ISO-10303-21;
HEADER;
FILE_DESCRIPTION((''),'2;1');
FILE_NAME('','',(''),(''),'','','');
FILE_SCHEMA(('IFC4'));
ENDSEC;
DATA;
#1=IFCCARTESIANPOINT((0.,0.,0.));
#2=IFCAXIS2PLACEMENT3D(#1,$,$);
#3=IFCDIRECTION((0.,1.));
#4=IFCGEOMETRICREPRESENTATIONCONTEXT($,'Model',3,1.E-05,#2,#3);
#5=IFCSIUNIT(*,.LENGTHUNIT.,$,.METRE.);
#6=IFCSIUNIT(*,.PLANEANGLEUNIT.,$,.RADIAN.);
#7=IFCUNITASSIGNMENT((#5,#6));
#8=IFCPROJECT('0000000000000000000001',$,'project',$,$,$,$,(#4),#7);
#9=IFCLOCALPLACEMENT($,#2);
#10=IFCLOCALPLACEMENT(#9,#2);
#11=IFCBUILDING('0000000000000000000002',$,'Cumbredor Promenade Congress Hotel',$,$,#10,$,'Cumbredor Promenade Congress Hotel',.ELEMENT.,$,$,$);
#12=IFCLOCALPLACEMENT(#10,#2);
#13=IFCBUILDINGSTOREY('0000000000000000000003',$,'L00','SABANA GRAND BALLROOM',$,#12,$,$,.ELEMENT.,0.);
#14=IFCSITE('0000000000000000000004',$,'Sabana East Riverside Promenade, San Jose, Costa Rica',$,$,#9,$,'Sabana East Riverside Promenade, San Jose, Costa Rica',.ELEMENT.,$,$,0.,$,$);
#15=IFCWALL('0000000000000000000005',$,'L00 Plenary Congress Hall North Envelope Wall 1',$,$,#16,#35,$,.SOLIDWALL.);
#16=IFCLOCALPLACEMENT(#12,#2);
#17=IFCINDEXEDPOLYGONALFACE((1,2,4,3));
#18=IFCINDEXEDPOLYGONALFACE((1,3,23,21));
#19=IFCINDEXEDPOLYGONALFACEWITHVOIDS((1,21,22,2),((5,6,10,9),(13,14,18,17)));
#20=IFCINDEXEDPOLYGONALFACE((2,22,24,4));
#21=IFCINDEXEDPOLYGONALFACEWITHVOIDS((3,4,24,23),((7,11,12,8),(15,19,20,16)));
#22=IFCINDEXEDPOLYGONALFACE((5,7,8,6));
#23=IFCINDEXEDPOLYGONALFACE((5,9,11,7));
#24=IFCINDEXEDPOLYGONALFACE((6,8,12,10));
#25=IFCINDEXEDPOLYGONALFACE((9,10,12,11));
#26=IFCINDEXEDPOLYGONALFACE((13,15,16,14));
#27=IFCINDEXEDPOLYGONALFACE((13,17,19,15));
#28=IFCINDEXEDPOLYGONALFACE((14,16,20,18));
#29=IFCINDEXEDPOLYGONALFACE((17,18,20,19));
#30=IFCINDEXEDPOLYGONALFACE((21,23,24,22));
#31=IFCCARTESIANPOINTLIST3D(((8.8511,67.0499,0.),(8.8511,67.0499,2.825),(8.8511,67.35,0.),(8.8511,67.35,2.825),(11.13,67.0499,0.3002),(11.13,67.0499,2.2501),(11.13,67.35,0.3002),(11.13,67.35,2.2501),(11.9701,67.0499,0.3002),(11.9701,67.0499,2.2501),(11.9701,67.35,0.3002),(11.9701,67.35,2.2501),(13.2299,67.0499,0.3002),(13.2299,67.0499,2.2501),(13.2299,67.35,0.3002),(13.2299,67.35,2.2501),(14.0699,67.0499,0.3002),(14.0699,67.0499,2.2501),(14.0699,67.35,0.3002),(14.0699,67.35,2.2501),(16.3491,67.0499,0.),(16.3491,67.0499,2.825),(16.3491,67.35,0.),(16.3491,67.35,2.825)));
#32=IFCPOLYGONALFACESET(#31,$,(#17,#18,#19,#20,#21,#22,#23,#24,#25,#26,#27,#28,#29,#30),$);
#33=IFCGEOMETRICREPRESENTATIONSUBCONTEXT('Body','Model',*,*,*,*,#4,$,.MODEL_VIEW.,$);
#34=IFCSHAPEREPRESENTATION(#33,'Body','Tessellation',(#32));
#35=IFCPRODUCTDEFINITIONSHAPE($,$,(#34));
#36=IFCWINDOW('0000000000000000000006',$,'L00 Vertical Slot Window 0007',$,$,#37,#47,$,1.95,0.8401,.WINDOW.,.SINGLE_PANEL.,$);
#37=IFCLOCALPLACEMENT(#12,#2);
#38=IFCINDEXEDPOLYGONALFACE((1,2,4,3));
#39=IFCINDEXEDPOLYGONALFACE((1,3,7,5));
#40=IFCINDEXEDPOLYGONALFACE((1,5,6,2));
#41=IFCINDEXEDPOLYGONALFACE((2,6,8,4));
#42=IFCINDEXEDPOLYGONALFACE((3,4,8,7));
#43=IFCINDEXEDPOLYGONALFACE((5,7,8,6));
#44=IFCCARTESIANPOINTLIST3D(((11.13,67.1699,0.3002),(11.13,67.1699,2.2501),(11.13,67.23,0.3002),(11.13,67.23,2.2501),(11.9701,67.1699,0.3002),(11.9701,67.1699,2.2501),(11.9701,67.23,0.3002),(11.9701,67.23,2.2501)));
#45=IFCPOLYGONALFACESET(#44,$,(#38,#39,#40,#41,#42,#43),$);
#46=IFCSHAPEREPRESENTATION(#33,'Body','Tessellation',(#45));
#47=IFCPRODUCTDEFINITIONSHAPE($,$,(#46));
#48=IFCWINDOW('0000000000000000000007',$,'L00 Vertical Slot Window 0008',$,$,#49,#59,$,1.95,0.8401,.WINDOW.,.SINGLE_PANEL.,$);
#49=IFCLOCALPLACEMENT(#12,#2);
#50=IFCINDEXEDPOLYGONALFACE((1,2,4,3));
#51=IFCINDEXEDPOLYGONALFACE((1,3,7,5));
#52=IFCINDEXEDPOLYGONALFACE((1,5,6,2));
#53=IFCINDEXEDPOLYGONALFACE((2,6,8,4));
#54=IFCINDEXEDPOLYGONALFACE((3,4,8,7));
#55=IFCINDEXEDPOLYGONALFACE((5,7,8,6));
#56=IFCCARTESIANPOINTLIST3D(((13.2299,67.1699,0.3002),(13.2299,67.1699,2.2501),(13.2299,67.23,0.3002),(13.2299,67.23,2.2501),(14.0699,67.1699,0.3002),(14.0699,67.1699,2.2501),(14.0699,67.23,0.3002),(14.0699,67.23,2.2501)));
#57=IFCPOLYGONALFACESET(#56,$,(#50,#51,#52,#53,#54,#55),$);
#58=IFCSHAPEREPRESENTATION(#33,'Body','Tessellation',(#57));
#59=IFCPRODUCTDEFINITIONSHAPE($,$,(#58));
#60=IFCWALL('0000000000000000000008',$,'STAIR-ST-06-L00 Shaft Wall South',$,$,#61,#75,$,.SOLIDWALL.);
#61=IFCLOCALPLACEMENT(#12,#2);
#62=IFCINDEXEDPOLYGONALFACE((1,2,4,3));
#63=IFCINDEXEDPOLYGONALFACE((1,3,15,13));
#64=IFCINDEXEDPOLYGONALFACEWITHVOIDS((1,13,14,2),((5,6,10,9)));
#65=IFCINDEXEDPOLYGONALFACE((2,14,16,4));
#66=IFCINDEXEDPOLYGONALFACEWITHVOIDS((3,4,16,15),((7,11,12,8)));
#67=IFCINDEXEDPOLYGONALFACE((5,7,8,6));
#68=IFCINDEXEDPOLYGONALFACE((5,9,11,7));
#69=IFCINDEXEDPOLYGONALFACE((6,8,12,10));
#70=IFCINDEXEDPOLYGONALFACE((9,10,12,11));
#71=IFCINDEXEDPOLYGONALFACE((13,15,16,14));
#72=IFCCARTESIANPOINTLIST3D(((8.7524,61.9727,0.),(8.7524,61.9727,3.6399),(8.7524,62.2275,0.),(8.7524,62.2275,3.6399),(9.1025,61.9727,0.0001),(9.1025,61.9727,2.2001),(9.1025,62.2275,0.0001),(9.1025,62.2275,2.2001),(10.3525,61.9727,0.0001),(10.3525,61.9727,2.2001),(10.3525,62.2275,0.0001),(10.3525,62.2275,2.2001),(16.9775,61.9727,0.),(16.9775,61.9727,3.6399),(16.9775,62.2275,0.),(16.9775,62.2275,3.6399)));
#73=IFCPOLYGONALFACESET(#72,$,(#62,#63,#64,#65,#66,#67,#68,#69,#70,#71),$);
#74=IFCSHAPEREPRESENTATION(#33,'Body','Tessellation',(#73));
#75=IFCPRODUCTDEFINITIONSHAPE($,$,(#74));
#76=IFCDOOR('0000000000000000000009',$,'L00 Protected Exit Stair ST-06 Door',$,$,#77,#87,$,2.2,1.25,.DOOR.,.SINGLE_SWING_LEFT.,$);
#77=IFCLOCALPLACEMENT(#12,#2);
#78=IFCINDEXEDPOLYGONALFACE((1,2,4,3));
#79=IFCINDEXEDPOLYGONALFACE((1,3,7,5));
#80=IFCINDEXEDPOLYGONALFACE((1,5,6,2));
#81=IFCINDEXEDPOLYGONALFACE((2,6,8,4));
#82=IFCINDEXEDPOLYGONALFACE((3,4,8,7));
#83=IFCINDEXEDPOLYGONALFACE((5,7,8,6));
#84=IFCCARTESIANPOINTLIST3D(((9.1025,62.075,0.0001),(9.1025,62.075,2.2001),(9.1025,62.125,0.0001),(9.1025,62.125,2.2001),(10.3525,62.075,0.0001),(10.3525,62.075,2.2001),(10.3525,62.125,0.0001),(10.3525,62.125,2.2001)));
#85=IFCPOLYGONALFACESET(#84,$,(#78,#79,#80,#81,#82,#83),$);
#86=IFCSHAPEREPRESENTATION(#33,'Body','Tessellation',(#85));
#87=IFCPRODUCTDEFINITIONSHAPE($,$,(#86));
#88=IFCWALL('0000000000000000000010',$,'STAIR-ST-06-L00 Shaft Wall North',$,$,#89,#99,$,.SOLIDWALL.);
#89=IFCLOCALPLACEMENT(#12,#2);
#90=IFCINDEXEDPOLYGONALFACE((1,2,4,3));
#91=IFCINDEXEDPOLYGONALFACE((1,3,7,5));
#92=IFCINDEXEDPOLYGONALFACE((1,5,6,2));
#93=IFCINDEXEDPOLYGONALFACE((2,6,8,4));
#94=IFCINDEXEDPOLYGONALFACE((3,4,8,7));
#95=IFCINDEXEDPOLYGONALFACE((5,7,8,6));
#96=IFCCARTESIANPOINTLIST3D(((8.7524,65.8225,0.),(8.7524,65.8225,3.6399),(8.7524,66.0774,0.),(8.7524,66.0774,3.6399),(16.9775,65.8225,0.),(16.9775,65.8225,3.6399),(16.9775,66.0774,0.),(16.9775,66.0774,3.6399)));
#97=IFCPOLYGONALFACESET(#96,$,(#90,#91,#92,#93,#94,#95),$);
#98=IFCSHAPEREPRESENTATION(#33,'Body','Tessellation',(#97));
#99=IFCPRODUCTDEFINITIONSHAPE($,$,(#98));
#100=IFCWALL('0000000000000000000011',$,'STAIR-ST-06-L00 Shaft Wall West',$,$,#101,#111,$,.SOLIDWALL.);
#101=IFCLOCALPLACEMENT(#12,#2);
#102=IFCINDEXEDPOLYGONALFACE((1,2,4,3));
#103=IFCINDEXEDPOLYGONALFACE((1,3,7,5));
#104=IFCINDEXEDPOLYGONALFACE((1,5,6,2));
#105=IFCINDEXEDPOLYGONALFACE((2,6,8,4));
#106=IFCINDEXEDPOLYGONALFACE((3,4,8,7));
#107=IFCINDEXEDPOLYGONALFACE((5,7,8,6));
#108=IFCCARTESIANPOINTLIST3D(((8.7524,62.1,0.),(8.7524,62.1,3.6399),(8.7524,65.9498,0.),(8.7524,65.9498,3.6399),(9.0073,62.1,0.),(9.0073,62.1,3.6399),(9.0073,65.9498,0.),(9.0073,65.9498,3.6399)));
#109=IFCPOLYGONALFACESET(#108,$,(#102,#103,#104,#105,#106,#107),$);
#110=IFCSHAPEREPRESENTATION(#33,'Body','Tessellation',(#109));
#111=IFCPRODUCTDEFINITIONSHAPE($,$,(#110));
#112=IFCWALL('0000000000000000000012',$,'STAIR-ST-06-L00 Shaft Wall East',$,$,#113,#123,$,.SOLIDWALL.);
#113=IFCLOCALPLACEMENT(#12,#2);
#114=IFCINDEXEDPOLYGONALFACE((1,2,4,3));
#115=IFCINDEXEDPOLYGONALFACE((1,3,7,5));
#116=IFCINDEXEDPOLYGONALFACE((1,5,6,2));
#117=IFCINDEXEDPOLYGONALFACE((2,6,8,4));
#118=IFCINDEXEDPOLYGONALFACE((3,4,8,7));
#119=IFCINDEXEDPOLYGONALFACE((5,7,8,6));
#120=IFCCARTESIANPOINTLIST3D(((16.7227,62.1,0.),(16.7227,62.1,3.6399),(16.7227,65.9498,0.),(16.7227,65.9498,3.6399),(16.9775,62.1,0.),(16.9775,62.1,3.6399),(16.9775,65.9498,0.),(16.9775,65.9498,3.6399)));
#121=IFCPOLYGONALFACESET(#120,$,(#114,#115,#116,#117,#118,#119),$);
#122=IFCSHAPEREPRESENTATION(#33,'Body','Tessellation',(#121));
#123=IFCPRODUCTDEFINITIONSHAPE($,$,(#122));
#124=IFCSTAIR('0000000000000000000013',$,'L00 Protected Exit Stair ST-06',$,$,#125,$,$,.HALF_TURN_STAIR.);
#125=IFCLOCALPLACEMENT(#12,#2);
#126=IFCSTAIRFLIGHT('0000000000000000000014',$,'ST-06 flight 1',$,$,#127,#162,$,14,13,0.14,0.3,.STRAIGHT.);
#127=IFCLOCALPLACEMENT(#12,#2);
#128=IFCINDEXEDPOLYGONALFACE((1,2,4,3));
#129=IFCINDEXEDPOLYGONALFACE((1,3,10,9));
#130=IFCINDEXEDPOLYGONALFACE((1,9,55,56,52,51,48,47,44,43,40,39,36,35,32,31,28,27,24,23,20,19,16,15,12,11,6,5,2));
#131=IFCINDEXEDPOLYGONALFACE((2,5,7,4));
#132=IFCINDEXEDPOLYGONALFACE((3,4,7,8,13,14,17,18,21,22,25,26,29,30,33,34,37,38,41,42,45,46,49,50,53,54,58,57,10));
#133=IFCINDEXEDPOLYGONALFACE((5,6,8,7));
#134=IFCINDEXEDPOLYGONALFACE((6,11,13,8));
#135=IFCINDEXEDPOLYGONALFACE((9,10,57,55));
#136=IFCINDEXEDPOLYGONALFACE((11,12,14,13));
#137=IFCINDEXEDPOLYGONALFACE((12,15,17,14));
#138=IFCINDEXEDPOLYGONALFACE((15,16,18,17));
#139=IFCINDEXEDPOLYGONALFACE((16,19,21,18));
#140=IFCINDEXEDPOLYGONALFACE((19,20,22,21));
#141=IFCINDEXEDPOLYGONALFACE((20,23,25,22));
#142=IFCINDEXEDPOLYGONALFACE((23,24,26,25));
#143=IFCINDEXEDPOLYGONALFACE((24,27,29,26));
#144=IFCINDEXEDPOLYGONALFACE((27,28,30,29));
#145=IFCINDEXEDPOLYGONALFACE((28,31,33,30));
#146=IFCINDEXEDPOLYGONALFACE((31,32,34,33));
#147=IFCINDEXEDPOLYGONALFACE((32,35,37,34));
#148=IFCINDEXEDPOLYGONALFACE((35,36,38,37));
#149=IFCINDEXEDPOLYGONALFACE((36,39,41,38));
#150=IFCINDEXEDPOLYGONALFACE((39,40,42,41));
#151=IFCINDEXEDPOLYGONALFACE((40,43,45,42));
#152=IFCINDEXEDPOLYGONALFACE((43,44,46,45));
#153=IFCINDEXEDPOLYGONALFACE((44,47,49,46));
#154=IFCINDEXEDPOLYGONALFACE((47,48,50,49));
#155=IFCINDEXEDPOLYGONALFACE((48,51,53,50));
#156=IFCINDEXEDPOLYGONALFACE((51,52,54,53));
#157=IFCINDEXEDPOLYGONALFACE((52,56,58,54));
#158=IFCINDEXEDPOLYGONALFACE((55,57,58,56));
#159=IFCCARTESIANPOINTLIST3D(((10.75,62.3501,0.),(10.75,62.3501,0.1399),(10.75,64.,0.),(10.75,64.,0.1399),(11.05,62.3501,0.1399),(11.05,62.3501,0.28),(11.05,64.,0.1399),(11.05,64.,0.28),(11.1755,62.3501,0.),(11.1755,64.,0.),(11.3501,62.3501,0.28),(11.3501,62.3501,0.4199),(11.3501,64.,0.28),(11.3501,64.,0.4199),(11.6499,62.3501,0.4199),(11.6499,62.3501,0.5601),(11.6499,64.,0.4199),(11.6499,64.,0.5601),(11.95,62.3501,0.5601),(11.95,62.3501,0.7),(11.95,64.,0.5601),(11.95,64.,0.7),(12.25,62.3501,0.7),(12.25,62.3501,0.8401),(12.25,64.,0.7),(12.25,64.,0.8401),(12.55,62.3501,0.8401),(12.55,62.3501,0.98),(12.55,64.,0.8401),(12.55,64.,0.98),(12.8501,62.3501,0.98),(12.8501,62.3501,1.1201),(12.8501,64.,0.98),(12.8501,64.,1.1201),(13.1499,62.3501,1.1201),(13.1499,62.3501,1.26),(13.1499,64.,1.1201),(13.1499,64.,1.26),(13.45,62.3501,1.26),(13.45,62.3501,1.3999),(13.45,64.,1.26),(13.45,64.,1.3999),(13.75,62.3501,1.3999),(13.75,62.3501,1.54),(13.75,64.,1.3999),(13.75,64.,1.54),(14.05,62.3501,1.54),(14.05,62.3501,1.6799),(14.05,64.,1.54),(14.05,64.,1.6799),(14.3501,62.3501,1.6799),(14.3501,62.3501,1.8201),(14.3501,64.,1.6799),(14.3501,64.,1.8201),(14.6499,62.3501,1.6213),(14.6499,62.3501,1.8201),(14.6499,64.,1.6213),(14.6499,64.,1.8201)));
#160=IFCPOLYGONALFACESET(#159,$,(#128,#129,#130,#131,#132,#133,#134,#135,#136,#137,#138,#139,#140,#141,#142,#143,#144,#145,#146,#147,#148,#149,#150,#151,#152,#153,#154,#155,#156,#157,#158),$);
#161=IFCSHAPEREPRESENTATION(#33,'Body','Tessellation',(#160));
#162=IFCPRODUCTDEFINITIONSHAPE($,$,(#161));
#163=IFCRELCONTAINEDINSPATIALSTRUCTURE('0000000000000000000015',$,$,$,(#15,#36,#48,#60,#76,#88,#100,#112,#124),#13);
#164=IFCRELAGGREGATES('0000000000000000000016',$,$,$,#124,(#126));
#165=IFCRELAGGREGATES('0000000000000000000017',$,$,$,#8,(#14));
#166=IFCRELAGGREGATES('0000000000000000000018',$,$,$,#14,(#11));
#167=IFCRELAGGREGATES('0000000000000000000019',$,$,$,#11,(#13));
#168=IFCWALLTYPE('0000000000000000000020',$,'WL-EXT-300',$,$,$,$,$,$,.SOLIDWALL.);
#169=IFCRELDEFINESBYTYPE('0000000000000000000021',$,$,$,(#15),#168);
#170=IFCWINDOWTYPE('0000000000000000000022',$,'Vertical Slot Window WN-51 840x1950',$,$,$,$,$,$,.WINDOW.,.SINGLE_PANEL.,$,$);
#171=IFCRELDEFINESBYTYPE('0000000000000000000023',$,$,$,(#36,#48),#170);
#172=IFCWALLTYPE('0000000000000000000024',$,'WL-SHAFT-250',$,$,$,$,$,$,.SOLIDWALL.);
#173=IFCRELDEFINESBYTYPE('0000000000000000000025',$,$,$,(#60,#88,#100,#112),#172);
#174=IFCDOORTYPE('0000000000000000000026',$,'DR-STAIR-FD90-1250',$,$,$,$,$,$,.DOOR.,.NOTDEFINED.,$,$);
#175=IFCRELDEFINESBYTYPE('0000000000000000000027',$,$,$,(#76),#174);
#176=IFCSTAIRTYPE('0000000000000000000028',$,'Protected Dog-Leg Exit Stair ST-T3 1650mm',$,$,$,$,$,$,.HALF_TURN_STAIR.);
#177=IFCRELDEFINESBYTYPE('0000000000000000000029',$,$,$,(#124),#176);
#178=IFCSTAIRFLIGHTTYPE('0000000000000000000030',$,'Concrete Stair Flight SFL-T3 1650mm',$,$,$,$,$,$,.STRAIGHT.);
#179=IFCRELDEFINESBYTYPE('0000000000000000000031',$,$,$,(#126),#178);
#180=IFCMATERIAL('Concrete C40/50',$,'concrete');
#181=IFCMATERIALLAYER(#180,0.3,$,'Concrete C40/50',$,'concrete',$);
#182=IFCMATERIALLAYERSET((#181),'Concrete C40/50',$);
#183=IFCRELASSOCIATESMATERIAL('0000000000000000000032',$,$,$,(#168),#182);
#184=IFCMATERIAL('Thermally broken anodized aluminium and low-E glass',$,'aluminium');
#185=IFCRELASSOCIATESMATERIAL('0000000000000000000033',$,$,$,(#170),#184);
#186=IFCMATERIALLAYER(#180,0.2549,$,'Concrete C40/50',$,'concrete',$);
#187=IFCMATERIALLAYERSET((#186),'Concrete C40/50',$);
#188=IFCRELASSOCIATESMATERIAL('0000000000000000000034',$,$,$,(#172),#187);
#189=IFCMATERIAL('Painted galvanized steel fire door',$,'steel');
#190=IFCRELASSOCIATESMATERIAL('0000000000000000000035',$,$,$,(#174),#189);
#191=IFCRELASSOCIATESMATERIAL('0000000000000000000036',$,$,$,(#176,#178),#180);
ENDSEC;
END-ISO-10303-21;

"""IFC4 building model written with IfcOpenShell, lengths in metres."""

from ifc_helpers import new_model, si_unit, direction, frame, frame_2d, origin, place, context, subcontext, project, spatial, polyline, rectangle, outline, extrude, material, layer, layer_set, type_object, element, fill, aggregate, save


model = new_model("IFC4")

# Units and contexts
model_context = context("Model", 3, precision=1e-05, world=origin(), true_north=direction((0.0, 1.0)))
body_context = subcontext(model_context, "Body", "Model", "MODEL_VIEW")
ifc_project = project(units=[si_unit("LENGTHUNIT", "METRE"), si_unit("PLANEANGLEUNIT", "RADIAN")], contexts=[model_context])

# Site, building, storey
site_placement = place(None, origin())
site = spatial("IfcSite", under=ifc_project, at=site_placement, Name="Sabana East Riverside Promenade, San Jose, Costa Rica", LongName="Sabana East Riverside Promenade, San Jose, Costa Rica", CompositionType="ELEMENT", RefElevation=0.0)
building_placement = place(site_placement, origin())
building = spatial("IfcBuilding", under=site, at=building_placement, Name="Cumbredor Promenade Congress Hotel", LongName="Cumbredor Promenade Congress Hotel", CompositionType="ELEMENT")
storey_placement = place(building_placement, origin())
storey = spatial("IfcBuildingStorey", under=building, at=storey_placement, Name="L00", Description="SABANA GRAND BALLROOM", CompositionType="ELEMENT", Elevation=0.0)

# Shared definitions
ifc_material_1 = material(Name="Concrete C40/50", Category="concrete")

# Wall, openings, windows
ifc_layer_1 = layer(ifc_material_1, 0.3, Name="Concrete C40/50", Category="concrete")
ifc_layer_set_1 = layer_set([ifc_layer_1], Name="Concrete C40/50")
wall_type_1 = type_object("IfcWallType", Name="WL-EXT-300", PredefinedType="SOLIDWALL", material=ifc_layer_set_1)
wall_1_placement = place(storey_placement, frame((8.8511, 67.2, 0.0), z_axis=(0.0, 0.0, 1.0), x_axis=(1.0, 0.0, 0.0)))
wall_1 = element("IfcWall", 1, at=wall_1_placement, inside=storey, type_object=wall_type_1, Name="L00 Plenary Congress Hall North Envelope Wall 1", PredefinedType="SOLIDWALL", context=body_context, shape_type="SweptSolid", body=[
    extrude(rectangle(XDim=7.498, YDim=0.3, at=frame_2d((3.749, 0.0))), origin(), (0.0, 0.0, 1.0), 2.825),
])
opening_1_placement = place(wall_1_placement, frame((2.2791, 0.0, 0.3)))
opening_1 = element("IfcOpeningElement", 2, at=opening_1_placement, cuts=wall_1, PredefinedType="OPENING", context=body_context, shape_type="SweptSolid", body=[
    extrude(rectangle(XDim=0.8401, YDim=1.95, at=frame_2d((0.4199, 0.9751))), frame((0.0, 0.1602, 0.0), z_axis=(0.0, -1.0, 0.0), x_axis=(1.0, 0.0, 0.0)), (0.0, 0.0, 1.0), 0.3201),
])
opening_2_placement = place(wall_1_placement, frame((4.3789, 0.0, 0.3)))
opening_2 = element("IfcOpeningElement", 3, at=opening_2_placement, cuts=wall_1, PredefinedType="OPENING", context=body_context, shape_type="SweptSolid", body=[
    extrude(rectangle(XDim=0.8401, YDim=1.95, at=frame_2d((0.4199, 0.9751))), frame((0.0, 0.1602, 0.0), z_axis=(0.0, -1.0, 0.0), x_axis=(1.0, 0.0, 0.0)), (0.0, 0.0, 1.0), 0.3201),
])
ifc_material_2 = material(Name="Thermally broken anodized aluminium and low-E glass", Category="aluminium")
window_type = type_object("IfcWindowType", Name="Vertical Slot Window WN-51 840x1950", PartitioningType="SINGLE_PANEL", PredefinedType="WINDOW", material=ifc_material_2)
window_1_placement = place(opening_1_placement, origin())
window_1 = element("IfcWindow", 4, at=window_1_placement, inside=storey, type_object=window_type, Name="L00 Vertical Slot Window 0007", OverallHeight=1.95, OverallWidth=0.8401, PartitioningType="SINGLE_PANEL", PredefinedType="WINDOW", context=body_context, shape_type="SweptSolid", body=[
    extrude(rectangle(XDim=0.8401, YDim=1.95, at=frame_2d((0.4199, 0.9751))), frame((0.0, 0.03, 0.0), z_axis=(0.0, -1.0, 0.0), x_axis=(1.0, 0.0, 0.0)), (0.0, 0.0, 1.0), 0.0601),
])
fill(opening_1, window_1)
window_2_placement = place(opening_2_placement, origin())
window_2 = element("IfcWindow", 5, at=window_2_placement, inside=storey, type_object=window_type, Name="L00 Vertical Slot Window 0008", OverallHeight=1.95, OverallWidth=0.8401, PartitioningType="SINGLE_PANEL", PredefinedType="WINDOW", context=body_context, shape_type="SweptSolid", body=[
    extrude(rectangle(XDim=0.8401, YDim=1.95, at=frame_2d((0.4199, 0.9751))), frame((0.0, 0.03, 0.0), z_axis=(0.0, -1.0, 0.0), x_axis=(1.0, 0.0, 0.0)), (0.0, 0.0, 1.0), 0.0601),
])
fill(opening_2, window_2)

# Wall, opening, door
ifc_layer_2 = layer(ifc_material_1, 0.2549, Name="Concrete C40/50", Category="concrete")
ifc_layer_set_2 = layer_set([ifc_layer_2], Name="Concrete C40/50")
wall_type_2 = type_object("IfcWallType", Name="WL-SHAFT-250", PredefinedType="SOLIDWALL", material=ifc_layer_set_2)
wall_2_placement = place(storey_placement, frame((8.7524, 62.1001, 0.0), z_axis=(0.0, 0.0, 1.0), x_axis=(1.0, 0.0, 0.0)))
wall_2 = element("IfcWall", 6, at=wall_2_placement, inside=storey, type_object=wall_type_2, Name="STAIR-ST-06-L00 Shaft Wall South", PredefinedType="SOLIDWALL", context=body_context, shape_type="SweptSolid", body=[
    extrude(rectangle(XDim=8.2251, YDim=0.2549, at=frame_2d((4.1125, 0.0))), origin(), (0.0, 0.0, 1.0), 3.6399),
])
opening_3_placement = place(wall_2_placement, frame((0.3501, 0.0, 0.0)))
opening_3 = element("IfcOpeningElement", 7, at=opening_3_placement, cuts=wall_2, PredefinedType="OPENING", context=body_context, shape_type="SweptSolid", body=[
    extrude(rectangle(XDim=1.25, YDim=2.2, at=frame_2d((0.625, 1.1001))), frame((0.0, 0.1375, 0.0), z_axis=(0.0, -1.0, 0.0), x_axis=(1.0, 0.0, 0.0)), (0.0, 0.0, 1.0), 0.2749),
])
ifc_material_3 = material(Name="Painted galvanized steel fire door", Category="steel")
door_type = type_object("IfcDoorType", Name="DR-STAIR-FD90-1250", OperationType="NOTDEFINED", PredefinedType="DOOR", material=ifc_material_3)
door_placement = place(opening_3_placement, origin())
door = element("IfcDoor", 8, at=door_placement, inside=storey, type_object=door_type, Name="L00 Protected Exit Stair ST-06 Door", OperationType="SINGLE_SWING_LEFT", OverallHeight=2.2, OverallWidth=1.25, PredefinedType="DOOR", context=body_context, shape_type="SweptSolid", body=[
    extrude(rectangle(XDim=1.25, YDim=2.2, at=frame_2d((0.625, 1.1001))), frame((0.0, 0.0249, 0.0), z_axis=(0.0, -1.0, 0.0), x_axis=(1.0, 0.0, 0.0)), (0.0, 0.0, 1.0), 0.05),
])
fill(opening_3, door)

# Walls
wall_3_placement = place(storey_placement, frame((8.7524, 65.95, 0.0), z_axis=(0.0, 0.0, 1.0), x_axis=(1.0, 0.0, 0.0)))
element("IfcWall", 9, at=wall_3_placement, inside=storey, type_object=wall_type_2, Name="STAIR-ST-06-L00 Shaft Wall North", PredefinedType="SOLIDWALL", context=body_context, shape_type="SweptSolid", body=[
    extrude(rectangle(XDim=8.2251, YDim=0.2549, at=frame_2d((4.1125, 0.0))), origin(), (0.0, 0.0, 1.0), 3.6399),
])
for number, where, z_axis, x_axis, name in (
    (10, (8.8799, 62.1001, 0.0), (0.0, 0.0, 1.0), (0.0, 1.0, 0.0), "STAIR-ST-06-L00 Shaft Wall West"),
    (11, (16.8501, 62.1001, 0.0), (0.0, 0.0, 1.0), (0.0, 1.0, 0.0), "STAIR-ST-06-L00 Shaft Wall East"),
):
    element("IfcWall", number, at=place(storey_placement, frame(where, z_axis=z_axis, x_axis=x_axis)), inside=storey, type_object=wall_type_2, Name=name, PredefinedType="SOLIDWALL", context=body_context, shape_type="SweptSolid", body=[
        extrude(rectangle(XDim=3.8499, YDim=0.2549, at=frame_2d((1.9248, 0.0))), origin(), (0.0, 0.0, 1.0), 3.6399),
    ])

# Stair, stair flight
stair_type = type_object("IfcStairType", Name="Protected Dog-Leg Exit Stair ST-T3 1650mm", PredefinedType="HALF_TURN_STAIR", material=ifc_material_1)
stair_placement = place(storey_placement, origin())
stair = element("IfcStair", 12, at=stair_placement, inside=storey, type_object=stair_type, Name="L00 Protected Exit Stair ST-06", PredefinedType="HALF_TURN_STAIR")
stair_flight_type = type_object("IfcStairFlightType", Name="Concrete Stair Flight SFL-T3 1650mm", PredefinedType="STRAIGHT", material=ifc_material_1)
stair_flight_1_placement = place(storey_placement, frame((10.75, 63.175, 0.0), z_axis=(0.0, 0.0, 1.0), x_axis=(1.0, 0.0, 0.0)))
stair_flight_1 = element("IfcStairFlight", 13, at=stair_flight_1_placement, type_object=stair_flight_type, Name="ST-06 flight 1", NumberOfRisers=14, NumberOfTreads=13, PredefinedType="STRAIGHT", RiserHeight=0.14, TreadLength=0.3, context=body_context, shape_type="SweptSolid", body=[
    extrude(outline(polyline([(0.0, 0.0), (0.0, 0.1399), (0.3, 0.1399), (0.3, 0.28), (0.6001, 0.28), (0.6001, 0.4199), (0.8999, 0.4199), (0.8999, 0.5601), (1.2, 0.5601), (1.2, 0.7), (1.5, 0.7), (1.5, 0.8401), (1.8, 0.8401), (1.8, 0.98), (2.1001, 0.98), (2.1001, 1.1201), (2.3999, 1.1201), (2.3999, 1.26), (2.7, 1.26), (2.7, 1.3999), (3.0, 1.3999), (3.0, 1.54), (3.3, 1.54), (3.3, 1.6799), (3.6001, 1.6799), (3.6001, 1.8201), (3.8999, 1.8201), (3.8999, 1.96), (3.8999, 1.6213), (0.4255, 0.0), (0.0, 0.0)])), frame((0.0, 0.825, 0.0), z_axis=(0.0, -1.0, 0.0), x_axis=(1.0, 0.0, 0.0)), (0.0, 0.0, 1.0), 1.6499),
])
aggregate(stair, [stair_flight_1])

save(model, "model.ifc")
